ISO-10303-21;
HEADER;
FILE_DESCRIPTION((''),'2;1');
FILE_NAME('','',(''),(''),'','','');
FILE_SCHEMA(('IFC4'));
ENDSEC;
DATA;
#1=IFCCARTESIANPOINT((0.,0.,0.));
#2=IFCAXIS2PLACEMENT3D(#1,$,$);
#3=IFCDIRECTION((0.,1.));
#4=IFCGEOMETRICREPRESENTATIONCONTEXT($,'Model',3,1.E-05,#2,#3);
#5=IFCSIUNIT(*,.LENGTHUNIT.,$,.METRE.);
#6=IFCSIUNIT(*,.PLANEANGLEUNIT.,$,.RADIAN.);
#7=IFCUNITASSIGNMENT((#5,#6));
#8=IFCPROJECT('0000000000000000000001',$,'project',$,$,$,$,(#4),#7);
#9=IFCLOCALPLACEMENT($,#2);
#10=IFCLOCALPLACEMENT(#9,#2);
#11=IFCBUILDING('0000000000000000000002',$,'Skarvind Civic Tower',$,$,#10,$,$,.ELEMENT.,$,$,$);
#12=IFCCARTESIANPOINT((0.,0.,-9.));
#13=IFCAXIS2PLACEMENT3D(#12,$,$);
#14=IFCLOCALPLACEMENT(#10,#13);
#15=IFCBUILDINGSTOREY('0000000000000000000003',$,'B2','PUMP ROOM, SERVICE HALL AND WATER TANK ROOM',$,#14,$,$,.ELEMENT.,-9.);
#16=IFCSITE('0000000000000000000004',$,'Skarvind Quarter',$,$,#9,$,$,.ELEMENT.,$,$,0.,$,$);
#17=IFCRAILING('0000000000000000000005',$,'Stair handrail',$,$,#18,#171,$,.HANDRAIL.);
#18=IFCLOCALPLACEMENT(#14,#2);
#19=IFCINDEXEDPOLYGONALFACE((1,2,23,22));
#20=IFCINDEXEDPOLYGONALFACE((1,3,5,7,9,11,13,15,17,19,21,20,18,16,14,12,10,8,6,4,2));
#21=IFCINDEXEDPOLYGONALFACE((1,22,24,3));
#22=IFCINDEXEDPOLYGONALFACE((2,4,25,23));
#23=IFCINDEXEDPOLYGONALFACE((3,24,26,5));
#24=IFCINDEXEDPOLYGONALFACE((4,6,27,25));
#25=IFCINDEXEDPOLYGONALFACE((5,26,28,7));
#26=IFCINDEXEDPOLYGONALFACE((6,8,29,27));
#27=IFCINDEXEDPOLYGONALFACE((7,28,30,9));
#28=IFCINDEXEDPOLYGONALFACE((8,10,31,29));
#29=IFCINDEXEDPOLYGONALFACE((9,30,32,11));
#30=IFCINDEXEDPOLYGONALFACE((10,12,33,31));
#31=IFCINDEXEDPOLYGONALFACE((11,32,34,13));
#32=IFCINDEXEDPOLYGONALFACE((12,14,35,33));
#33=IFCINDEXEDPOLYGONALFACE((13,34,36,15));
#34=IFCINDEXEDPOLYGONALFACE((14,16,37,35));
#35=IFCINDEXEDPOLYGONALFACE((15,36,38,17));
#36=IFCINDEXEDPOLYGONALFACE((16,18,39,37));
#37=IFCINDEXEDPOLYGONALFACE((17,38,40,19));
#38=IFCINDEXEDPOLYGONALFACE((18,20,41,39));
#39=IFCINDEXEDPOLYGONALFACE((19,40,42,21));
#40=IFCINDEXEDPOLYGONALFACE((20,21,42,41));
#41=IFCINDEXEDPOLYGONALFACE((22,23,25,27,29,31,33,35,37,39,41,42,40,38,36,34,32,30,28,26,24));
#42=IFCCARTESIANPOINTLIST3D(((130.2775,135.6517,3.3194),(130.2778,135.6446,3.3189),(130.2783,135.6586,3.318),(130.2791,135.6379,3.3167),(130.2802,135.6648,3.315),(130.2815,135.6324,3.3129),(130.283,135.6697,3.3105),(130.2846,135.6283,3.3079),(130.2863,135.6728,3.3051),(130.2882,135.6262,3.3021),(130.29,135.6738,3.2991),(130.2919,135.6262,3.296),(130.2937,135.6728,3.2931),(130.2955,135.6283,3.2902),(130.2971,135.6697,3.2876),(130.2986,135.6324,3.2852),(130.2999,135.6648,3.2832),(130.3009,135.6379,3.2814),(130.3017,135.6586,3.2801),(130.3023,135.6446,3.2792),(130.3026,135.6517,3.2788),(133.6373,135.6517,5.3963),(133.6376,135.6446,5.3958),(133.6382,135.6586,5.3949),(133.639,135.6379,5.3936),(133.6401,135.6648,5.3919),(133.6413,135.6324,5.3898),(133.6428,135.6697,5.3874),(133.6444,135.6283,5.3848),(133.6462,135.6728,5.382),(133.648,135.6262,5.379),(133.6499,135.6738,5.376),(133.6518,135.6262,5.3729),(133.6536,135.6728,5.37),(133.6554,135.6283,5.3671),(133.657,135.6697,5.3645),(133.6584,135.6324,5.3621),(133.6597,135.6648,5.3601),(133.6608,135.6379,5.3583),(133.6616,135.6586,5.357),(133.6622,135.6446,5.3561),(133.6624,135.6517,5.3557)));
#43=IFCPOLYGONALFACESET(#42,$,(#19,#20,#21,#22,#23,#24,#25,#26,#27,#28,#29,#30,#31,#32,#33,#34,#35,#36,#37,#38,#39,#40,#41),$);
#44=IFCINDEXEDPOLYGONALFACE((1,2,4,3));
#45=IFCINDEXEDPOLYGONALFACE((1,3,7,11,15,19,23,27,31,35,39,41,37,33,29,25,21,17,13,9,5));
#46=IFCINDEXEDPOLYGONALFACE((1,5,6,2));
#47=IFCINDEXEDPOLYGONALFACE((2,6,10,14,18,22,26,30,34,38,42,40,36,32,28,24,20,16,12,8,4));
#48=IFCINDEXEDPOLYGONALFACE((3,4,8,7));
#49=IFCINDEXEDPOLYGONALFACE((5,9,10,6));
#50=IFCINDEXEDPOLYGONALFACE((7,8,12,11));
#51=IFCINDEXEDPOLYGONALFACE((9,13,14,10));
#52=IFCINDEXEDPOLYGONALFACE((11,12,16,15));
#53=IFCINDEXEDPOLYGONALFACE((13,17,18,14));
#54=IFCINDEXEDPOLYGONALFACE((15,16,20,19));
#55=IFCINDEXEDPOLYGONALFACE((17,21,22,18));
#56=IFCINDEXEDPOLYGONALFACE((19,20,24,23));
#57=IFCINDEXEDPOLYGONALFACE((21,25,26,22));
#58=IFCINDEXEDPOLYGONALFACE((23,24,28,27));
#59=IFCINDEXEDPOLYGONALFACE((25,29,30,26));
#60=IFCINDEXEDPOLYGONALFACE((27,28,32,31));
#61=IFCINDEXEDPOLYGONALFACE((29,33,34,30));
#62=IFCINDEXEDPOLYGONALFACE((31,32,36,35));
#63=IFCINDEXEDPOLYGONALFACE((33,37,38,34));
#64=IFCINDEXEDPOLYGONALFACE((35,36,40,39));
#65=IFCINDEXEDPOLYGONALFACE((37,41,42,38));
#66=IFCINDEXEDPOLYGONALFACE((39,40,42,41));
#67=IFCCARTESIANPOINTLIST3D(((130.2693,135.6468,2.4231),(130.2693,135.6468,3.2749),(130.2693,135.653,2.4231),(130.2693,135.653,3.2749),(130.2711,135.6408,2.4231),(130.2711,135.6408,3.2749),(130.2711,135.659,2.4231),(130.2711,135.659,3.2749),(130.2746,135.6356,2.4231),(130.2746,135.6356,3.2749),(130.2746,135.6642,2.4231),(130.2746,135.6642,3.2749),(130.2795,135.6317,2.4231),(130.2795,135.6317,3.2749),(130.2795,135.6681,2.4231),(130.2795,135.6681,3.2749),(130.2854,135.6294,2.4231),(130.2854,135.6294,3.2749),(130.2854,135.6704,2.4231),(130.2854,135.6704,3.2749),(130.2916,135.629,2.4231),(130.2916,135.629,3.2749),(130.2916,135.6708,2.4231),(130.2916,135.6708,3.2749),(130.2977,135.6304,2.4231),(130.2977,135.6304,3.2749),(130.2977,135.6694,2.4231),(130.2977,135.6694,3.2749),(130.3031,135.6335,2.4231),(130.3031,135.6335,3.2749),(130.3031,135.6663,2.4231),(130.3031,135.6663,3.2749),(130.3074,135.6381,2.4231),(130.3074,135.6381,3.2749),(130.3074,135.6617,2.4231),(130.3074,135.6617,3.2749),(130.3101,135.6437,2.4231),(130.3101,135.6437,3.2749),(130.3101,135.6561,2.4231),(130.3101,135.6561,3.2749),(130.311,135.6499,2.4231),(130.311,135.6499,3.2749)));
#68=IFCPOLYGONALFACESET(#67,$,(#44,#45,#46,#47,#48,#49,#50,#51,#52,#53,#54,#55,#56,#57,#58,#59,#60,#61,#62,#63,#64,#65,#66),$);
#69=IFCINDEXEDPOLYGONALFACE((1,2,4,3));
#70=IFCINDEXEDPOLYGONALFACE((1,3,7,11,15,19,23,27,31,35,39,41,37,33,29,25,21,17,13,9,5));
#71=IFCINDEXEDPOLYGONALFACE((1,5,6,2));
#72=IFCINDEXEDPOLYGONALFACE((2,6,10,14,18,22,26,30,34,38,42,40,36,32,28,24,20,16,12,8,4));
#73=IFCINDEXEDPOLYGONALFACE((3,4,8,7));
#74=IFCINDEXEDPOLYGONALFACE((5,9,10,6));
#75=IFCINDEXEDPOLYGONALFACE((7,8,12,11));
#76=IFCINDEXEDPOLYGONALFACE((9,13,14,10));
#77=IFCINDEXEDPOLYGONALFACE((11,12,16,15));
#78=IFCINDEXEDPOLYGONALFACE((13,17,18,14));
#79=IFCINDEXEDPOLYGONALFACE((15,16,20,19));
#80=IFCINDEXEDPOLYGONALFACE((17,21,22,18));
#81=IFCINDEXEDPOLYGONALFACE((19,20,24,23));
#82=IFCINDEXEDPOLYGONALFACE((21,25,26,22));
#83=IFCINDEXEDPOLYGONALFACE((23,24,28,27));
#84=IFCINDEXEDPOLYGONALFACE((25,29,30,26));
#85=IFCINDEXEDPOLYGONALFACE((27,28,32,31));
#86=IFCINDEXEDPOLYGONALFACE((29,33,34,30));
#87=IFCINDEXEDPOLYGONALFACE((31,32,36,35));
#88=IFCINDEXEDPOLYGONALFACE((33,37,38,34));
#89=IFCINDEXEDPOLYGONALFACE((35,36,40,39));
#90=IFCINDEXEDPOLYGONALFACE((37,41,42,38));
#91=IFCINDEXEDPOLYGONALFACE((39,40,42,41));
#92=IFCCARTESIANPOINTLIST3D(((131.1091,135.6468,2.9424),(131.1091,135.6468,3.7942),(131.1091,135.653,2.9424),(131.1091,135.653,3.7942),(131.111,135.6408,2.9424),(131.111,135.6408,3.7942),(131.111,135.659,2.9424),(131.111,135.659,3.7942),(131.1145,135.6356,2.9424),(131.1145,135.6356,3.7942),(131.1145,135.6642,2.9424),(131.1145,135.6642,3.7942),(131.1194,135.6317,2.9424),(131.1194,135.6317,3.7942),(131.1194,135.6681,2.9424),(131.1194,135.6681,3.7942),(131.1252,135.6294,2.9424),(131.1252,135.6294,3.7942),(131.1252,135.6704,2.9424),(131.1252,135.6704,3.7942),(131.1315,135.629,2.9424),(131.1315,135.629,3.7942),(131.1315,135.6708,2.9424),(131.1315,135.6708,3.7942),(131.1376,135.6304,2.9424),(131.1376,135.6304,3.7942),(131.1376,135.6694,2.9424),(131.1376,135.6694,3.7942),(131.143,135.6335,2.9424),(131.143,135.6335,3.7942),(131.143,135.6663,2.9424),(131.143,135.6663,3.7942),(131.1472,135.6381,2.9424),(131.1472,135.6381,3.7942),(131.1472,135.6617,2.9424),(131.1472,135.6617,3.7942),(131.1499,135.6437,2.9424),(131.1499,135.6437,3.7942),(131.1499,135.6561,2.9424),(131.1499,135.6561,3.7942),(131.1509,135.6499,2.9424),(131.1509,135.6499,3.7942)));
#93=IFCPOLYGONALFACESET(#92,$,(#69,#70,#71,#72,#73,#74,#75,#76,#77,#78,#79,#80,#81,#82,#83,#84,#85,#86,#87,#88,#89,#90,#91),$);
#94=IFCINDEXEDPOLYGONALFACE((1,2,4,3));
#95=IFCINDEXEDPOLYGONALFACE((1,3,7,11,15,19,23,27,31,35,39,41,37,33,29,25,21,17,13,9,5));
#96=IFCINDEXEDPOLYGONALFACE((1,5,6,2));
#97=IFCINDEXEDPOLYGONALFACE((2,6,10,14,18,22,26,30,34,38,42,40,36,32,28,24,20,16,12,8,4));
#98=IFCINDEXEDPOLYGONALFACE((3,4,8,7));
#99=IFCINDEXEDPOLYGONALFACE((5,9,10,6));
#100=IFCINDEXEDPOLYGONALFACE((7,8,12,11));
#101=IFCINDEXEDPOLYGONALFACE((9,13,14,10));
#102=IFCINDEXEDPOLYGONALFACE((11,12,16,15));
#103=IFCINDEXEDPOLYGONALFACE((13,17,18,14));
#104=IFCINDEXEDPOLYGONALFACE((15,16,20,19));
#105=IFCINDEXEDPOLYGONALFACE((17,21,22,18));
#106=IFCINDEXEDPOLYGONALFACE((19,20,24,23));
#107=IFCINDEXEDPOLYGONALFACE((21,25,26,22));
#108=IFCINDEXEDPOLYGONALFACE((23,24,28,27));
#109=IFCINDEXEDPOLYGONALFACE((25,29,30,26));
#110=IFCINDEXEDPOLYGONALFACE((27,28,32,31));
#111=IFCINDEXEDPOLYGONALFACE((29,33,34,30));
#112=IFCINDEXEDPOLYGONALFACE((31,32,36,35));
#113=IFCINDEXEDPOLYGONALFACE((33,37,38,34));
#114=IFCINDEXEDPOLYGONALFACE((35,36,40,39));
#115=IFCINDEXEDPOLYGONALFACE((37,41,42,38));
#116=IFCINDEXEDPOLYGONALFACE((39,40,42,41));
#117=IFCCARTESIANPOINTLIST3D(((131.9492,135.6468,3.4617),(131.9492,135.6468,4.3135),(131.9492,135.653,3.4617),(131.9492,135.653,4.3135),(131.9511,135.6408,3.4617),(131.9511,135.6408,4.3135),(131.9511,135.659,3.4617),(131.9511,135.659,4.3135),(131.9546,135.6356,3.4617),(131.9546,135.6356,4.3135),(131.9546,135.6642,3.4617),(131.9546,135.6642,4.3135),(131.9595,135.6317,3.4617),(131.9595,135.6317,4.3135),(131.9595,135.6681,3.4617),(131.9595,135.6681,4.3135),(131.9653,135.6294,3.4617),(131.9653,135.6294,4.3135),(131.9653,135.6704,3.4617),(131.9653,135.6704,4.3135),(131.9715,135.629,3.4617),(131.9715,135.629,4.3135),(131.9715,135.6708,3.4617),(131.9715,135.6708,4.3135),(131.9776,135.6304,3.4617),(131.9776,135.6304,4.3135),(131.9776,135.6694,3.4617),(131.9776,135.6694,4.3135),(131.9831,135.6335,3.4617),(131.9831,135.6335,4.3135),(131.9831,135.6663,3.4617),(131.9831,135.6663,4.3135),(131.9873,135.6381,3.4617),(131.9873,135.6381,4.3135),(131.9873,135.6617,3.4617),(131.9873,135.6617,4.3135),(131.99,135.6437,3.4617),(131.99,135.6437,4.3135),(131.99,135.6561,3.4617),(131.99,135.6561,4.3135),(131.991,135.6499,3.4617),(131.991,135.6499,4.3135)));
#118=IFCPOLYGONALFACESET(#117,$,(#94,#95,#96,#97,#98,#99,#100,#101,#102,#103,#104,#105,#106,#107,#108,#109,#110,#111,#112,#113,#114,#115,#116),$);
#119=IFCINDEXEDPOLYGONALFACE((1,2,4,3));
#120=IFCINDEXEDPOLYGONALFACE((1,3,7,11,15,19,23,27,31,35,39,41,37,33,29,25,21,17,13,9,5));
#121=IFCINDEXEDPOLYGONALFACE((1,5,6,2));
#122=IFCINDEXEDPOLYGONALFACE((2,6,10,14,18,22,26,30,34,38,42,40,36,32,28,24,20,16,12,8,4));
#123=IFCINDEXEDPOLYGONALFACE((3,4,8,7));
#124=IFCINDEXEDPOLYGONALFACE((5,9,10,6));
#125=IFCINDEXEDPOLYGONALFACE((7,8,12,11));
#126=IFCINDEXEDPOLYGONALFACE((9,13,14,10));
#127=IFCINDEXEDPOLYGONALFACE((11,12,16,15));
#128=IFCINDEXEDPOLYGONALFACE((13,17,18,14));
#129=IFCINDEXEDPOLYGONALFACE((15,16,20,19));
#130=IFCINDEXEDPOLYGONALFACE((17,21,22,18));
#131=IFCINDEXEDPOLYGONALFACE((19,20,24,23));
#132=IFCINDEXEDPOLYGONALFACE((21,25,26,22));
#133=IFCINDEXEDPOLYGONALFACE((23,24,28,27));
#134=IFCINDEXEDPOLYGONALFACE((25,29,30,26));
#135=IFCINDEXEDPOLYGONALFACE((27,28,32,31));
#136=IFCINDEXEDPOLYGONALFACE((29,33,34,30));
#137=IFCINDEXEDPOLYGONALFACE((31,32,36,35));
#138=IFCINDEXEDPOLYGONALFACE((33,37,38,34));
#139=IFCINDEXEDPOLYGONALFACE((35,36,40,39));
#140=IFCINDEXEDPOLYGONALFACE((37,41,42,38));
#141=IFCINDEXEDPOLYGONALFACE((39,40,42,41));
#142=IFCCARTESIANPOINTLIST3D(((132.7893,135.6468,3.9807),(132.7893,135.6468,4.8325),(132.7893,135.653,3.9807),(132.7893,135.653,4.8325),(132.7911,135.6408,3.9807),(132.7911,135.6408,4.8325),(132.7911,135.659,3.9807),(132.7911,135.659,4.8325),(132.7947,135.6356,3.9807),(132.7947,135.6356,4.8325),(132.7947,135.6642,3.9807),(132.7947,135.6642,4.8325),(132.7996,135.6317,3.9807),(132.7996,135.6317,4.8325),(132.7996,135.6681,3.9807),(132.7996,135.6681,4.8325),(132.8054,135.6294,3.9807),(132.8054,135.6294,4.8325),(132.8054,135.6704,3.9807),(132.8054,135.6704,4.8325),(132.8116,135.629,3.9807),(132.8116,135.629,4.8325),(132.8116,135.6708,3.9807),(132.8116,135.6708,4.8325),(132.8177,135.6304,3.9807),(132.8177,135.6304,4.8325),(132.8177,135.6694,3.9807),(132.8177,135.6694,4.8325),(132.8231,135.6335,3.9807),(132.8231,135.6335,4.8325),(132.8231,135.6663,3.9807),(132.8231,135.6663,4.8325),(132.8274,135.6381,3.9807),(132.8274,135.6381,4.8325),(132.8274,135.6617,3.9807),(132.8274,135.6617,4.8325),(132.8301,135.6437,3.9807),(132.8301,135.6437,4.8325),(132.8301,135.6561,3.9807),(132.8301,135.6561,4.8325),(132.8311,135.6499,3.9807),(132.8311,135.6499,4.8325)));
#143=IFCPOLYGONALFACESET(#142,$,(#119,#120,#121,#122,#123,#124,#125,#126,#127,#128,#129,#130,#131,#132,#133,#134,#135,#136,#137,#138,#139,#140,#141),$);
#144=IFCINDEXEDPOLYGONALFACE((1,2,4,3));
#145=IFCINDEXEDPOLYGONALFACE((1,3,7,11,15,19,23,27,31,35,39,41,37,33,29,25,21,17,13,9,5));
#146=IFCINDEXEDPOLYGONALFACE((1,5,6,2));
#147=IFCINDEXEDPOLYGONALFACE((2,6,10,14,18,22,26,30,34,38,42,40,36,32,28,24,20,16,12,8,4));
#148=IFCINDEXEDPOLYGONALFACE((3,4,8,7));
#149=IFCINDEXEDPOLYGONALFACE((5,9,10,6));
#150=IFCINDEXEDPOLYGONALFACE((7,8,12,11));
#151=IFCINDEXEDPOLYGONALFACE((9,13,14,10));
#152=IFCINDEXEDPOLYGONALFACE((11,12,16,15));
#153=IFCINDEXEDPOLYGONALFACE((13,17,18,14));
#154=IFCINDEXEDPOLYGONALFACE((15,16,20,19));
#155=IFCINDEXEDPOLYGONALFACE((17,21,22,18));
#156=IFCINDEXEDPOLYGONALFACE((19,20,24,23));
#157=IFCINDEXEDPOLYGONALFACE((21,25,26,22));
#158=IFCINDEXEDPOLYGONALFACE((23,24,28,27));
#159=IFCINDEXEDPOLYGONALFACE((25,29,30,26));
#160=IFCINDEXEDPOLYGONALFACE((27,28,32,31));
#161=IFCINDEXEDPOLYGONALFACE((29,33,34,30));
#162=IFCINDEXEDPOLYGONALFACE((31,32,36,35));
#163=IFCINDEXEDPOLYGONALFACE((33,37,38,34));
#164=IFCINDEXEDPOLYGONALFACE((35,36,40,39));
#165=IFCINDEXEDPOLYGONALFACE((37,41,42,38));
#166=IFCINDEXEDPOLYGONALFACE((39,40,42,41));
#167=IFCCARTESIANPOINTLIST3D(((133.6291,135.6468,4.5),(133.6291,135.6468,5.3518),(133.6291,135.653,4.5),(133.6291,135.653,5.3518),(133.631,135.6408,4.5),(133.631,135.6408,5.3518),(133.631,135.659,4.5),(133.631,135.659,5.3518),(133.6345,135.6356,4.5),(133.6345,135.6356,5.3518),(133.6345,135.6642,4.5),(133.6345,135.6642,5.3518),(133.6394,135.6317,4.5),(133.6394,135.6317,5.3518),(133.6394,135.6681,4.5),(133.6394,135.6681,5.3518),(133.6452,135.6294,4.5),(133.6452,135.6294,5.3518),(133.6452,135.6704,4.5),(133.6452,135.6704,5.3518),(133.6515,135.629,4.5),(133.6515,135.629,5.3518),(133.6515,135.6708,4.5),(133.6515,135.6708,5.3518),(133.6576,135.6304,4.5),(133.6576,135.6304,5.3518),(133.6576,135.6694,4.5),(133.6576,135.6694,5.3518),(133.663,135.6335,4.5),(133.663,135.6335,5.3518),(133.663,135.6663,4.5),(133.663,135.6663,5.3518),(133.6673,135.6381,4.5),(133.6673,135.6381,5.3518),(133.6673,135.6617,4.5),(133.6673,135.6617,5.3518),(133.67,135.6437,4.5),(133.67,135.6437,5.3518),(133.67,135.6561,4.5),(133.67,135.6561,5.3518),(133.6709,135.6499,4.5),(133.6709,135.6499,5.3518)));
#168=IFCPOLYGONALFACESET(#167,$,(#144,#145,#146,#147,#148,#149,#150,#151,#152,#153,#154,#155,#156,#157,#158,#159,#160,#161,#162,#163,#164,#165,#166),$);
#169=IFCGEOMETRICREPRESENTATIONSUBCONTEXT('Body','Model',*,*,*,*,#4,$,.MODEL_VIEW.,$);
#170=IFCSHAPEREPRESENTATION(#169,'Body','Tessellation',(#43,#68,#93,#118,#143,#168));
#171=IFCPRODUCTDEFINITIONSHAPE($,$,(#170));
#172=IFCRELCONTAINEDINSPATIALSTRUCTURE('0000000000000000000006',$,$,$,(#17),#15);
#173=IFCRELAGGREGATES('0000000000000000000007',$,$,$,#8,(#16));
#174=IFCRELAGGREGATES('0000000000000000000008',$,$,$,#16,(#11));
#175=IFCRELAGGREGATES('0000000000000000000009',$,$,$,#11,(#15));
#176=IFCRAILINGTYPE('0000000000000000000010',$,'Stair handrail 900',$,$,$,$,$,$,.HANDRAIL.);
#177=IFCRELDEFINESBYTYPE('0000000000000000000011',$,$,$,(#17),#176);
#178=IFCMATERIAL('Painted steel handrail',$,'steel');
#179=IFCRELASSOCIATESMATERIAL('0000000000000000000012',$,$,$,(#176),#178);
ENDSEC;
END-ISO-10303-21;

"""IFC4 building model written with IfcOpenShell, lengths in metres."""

from ifc_helpers import new_model, si_unit, direction, frame, origin, origin_2d, place, context, subcontext, project, spatial, circle, extrude, material, type_object, element, save


model = new_model("IFC4")

# Units and contexts
model_context = context("Model", 3, precision=1e-05, world=origin(), true_north=direction((0.0, 1.0)))
body_context = subcontext(model_context, "Body", "Model", "MODEL_VIEW")
ifc_project = project(units=[si_unit("LENGTHUNIT", "METRE"), si_unit("PLANEANGLEUNIT", "RADIAN")], contexts=[model_context])

# Site, building, storey
site_placement = place(None, origin())
site = spatial("IfcSite", under=ifc_project, at=site_placement, Name="Skarvind Quarter", CompositionType="ELEMENT", RefElevation=0.0)
building_placement = place(site_placement, origin())
building = spatial("IfcBuilding", under=site, at=building_placement, Name="Skarvind Civic Tower", CompositionType="ELEMENT")
storey_placement = place(building_placement, frame((0.0, 0.0, -9.0)))
storey = spatial("IfcBuildingStorey", under=building, at=storey_placement, Name="B2", Description="PUMP ROOM, SERVICE HALL AND WATER TANK ROOM", CompositionType="ELEMENT", Elevation=-9.0)

# Railing
ifc_material_1 = material(Name="Painted steel handrail", Category="steel")
railing_type = type_object("IfcRailingType", Name="Stair handrail 900", PredefinedType="HANDRAIL", material=ifc_material_1)
railing_1_placement = place(storey_placement, frame((130.29, 135.6499, 2.4231)))
element("IfcRailing", 1, at=railing_1_placement, inside=storey, type_object=railing_type, Name="Stair handrail", PredefinedType="HANDRAIL", context=body_context, shape_type="SweptSolid", body=[
    extrude(circle(Radius=0.0239, at=origin_2d()), frame((0.0, 0.0, 0.876), z_axis=(0.850606, 0.0, 0.525803), x_axis=(0.0, 1.0, 0.0)), (0.0, 0.0, 1.0), 3.95),
    extrude(circle(Radius=0.021, at=origin_2d()), origin(), (0.0, 0.0, 1.0), 0.8518),
    extrude(circle(Radius=0.021, at=origin_2d()), frame((0.8398, 0.0, 0.5193)), (0.0, 0.0, 1.0), 0.8518),
    extrude(circle(Radius=0.021, at=origin_2d()), frame((1.6799, 0.0, 1.0386)), (0.0, 0.0, 1.0), 0.8518),
    extrude(circle(Radius=0.021, at=origin_2d()), frame((2.52, 0.0, 1.5576)), (0.0, 0.0, 1.0), 0.8518),
    extrude(circle(Radius=0.021, at=origin_2d()), frame((3.3599, 0.0, 2.0769)), (0.0, 0.0, 1.0), 0.8518),
])

save(model, "model.ifc")
